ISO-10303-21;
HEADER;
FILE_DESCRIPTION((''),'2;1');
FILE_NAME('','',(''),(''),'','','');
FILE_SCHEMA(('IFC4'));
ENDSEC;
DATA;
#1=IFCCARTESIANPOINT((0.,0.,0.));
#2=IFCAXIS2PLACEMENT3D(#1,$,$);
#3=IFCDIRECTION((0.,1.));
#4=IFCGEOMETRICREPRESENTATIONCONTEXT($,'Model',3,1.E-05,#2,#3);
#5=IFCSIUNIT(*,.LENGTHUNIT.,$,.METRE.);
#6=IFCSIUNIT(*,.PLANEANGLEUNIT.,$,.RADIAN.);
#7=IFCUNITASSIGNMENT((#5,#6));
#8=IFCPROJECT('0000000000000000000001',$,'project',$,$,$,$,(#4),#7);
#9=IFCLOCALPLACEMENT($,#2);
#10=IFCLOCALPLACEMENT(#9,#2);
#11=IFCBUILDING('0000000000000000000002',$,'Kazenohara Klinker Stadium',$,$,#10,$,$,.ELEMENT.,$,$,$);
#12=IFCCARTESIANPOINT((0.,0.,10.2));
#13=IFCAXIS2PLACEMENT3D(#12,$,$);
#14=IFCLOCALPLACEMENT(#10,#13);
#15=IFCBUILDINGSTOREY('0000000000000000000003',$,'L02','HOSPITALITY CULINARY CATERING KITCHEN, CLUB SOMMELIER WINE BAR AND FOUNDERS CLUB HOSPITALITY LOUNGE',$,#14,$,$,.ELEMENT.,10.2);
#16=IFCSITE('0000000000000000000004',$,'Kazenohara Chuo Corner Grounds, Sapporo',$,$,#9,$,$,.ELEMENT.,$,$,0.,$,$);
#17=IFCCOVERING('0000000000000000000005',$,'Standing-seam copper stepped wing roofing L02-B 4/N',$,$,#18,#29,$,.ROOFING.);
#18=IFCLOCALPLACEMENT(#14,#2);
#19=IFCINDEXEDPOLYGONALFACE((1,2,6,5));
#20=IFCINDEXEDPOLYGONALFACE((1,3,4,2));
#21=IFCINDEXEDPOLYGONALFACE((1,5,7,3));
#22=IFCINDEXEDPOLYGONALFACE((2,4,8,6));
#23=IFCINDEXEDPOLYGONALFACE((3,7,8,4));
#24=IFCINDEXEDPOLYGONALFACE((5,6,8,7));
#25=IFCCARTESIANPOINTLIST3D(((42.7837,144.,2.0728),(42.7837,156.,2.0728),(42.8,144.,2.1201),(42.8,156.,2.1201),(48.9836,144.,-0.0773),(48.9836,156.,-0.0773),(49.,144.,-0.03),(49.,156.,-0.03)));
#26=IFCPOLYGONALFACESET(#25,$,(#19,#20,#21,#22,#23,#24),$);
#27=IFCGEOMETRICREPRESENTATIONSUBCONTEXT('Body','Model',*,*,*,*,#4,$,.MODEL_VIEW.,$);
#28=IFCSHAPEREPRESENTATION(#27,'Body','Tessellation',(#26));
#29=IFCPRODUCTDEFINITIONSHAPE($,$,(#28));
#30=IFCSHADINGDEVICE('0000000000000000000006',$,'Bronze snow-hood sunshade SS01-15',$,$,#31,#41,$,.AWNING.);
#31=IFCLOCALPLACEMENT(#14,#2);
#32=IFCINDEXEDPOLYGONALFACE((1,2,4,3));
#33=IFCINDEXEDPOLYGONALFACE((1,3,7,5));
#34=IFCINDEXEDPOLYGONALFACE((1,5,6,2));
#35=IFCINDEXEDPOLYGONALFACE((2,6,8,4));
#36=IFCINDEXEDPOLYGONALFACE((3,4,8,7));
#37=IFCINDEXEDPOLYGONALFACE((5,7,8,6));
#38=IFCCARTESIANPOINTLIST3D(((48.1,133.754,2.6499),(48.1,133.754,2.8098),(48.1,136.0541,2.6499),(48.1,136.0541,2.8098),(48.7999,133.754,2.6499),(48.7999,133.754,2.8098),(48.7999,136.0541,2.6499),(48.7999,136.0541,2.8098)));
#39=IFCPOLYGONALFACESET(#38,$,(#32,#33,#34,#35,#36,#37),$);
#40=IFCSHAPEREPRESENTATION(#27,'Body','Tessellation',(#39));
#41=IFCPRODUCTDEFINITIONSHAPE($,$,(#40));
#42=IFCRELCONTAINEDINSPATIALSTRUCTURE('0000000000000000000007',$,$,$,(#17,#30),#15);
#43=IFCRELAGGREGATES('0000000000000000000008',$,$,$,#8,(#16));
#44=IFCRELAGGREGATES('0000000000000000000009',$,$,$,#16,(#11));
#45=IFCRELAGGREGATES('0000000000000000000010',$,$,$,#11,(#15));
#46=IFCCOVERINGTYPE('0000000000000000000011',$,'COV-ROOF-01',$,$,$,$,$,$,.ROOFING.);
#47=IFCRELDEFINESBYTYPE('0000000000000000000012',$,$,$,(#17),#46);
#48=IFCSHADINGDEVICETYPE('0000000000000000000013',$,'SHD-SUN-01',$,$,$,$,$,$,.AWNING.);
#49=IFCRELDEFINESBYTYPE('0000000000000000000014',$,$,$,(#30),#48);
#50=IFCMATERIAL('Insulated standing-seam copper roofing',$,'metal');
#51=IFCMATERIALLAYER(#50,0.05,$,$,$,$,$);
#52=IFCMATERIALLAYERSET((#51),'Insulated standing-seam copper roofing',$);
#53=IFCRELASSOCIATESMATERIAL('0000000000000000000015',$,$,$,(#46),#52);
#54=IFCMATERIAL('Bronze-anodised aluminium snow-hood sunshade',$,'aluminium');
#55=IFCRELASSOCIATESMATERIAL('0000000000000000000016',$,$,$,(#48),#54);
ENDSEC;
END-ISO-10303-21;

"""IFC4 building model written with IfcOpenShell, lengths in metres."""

from ifc_helpers import new_model, si_unit, direction, frame, origin, origin_2d, place, context, subcontext, project, spatial, polyline, rectangle, outline, extrude, material, layer, layer_set, type_object, element, save


model = new_model("IFC4")

# Units and contexts
model_context = context("Model", 3, precision=1e-05, world=origin(), true_north=direction((0.0, 1.0)))
body_context = subcontext(model_context, "Body", "Model", "MODEL_VIEW")
ifc_project = project(units=[si_unit("LENGTHUNIT", "METRE"), si_unit("PLANEANGLEUNIT", "RADIAN")], contexts=[model_context])

# Site, building, storey
site_placement = place(None, origin())
site = spatial("IfcSite", under=ifc_project, at=site_placement, Name="Kazenohara Chuo Corner Grounds, Sapporo", CompositionType="ELEMENT", RefElevation=0.0)
building_placement = place(site_placement, origin())
building = spatial("IfcBuilding", under=site, at=building_placement, Name="Kazenohara Klinker Stadium", CompositionType="ELEMENT")
storey_placement = place(building_placement, frame((0.0, 0.0, 10.2)))
storey = spatial("IfcBuildingStorey", under=building, at=storey_placement, Name="L02", Description="HOSPITALITY CULINARY CATERING KITCHEN, CLUB SOMMELIER WINE BAR AND FOUNDERS CLUB HOSPITALITY LOUNGE", CompositionType="ELEMENT", Elevation=10.2)

# Covering
ifc_material_1 = material(Name="Insulated standing-seam copper roofing", Category="metal")
ifc_layer_1 = layer(ifc_material_1, 0.05)
ifc_layer_set_1 = layer_set([ifc_layer_1], Name="Insulated standing-seam copper roofing")
covering_type = type_object("IfcCoveringType", Name="COV-ROOF-01", PredefinedType="ROOFING", material=ifc_layer_set_1)
for number, where, z_axis, x_axis, name in (
    (1, (42.8, 144.0, 2.1201), (0.327656, 0.0, 0.944797), (0.944797, 0.0, -0.327656), "Standing-seam copper stepped wing roofing L02-B 4/N"),
):
    element("IfcCovering", number, at=place(storey_placement, frame(where, z_axis=z_axis, x_axis=x_axis)), inside=storey, type_object=covering_type, Name=name, PredefinedType="ROOFING", context=body_context, shape_type="SweptSolid", body=[
        extrude(outline(polyline([(0.0, 0.0), (6.5622, 0.0), (6.5622, 12.0), (0.0, 12.0), (0.0, 0.0)])), origin(), (0.0, 0.0, -1.0), 0.05),
    ])

# Shading device
ifc_material_2 = material(Name="Bronze-anodised aluminium snow-hood sunshade", Category="aluminium")
shading_device_type = type_object("IfcShadingDeviceType", Name="SHD-SUN-01", PredefinedType="AWNING", material=ifc_material_2)
shading_device_placement = place(storey_placement, frame((48.45, 134.9041, 2.6499), z_axis=(0.0, 0.0, 1.0), x_axis=(0.0, 1.0, 0.0)))
element("IfcShadingDevice", 2, at=shading_device_placement, inside=storey, type_object=shading_device_type, Name="Bronze snow-hood sunshade SS01-15", PredefinedType="AWNING", context=body_context, shape_type="SweptSolid", body=[
    extrude(rectangle(XDim=2.3, YDim=0.7, at=origin_2d()), origin(), (0.0, 0.0, 1.0), 0.1599),
])

save(model, "model.ifc")
